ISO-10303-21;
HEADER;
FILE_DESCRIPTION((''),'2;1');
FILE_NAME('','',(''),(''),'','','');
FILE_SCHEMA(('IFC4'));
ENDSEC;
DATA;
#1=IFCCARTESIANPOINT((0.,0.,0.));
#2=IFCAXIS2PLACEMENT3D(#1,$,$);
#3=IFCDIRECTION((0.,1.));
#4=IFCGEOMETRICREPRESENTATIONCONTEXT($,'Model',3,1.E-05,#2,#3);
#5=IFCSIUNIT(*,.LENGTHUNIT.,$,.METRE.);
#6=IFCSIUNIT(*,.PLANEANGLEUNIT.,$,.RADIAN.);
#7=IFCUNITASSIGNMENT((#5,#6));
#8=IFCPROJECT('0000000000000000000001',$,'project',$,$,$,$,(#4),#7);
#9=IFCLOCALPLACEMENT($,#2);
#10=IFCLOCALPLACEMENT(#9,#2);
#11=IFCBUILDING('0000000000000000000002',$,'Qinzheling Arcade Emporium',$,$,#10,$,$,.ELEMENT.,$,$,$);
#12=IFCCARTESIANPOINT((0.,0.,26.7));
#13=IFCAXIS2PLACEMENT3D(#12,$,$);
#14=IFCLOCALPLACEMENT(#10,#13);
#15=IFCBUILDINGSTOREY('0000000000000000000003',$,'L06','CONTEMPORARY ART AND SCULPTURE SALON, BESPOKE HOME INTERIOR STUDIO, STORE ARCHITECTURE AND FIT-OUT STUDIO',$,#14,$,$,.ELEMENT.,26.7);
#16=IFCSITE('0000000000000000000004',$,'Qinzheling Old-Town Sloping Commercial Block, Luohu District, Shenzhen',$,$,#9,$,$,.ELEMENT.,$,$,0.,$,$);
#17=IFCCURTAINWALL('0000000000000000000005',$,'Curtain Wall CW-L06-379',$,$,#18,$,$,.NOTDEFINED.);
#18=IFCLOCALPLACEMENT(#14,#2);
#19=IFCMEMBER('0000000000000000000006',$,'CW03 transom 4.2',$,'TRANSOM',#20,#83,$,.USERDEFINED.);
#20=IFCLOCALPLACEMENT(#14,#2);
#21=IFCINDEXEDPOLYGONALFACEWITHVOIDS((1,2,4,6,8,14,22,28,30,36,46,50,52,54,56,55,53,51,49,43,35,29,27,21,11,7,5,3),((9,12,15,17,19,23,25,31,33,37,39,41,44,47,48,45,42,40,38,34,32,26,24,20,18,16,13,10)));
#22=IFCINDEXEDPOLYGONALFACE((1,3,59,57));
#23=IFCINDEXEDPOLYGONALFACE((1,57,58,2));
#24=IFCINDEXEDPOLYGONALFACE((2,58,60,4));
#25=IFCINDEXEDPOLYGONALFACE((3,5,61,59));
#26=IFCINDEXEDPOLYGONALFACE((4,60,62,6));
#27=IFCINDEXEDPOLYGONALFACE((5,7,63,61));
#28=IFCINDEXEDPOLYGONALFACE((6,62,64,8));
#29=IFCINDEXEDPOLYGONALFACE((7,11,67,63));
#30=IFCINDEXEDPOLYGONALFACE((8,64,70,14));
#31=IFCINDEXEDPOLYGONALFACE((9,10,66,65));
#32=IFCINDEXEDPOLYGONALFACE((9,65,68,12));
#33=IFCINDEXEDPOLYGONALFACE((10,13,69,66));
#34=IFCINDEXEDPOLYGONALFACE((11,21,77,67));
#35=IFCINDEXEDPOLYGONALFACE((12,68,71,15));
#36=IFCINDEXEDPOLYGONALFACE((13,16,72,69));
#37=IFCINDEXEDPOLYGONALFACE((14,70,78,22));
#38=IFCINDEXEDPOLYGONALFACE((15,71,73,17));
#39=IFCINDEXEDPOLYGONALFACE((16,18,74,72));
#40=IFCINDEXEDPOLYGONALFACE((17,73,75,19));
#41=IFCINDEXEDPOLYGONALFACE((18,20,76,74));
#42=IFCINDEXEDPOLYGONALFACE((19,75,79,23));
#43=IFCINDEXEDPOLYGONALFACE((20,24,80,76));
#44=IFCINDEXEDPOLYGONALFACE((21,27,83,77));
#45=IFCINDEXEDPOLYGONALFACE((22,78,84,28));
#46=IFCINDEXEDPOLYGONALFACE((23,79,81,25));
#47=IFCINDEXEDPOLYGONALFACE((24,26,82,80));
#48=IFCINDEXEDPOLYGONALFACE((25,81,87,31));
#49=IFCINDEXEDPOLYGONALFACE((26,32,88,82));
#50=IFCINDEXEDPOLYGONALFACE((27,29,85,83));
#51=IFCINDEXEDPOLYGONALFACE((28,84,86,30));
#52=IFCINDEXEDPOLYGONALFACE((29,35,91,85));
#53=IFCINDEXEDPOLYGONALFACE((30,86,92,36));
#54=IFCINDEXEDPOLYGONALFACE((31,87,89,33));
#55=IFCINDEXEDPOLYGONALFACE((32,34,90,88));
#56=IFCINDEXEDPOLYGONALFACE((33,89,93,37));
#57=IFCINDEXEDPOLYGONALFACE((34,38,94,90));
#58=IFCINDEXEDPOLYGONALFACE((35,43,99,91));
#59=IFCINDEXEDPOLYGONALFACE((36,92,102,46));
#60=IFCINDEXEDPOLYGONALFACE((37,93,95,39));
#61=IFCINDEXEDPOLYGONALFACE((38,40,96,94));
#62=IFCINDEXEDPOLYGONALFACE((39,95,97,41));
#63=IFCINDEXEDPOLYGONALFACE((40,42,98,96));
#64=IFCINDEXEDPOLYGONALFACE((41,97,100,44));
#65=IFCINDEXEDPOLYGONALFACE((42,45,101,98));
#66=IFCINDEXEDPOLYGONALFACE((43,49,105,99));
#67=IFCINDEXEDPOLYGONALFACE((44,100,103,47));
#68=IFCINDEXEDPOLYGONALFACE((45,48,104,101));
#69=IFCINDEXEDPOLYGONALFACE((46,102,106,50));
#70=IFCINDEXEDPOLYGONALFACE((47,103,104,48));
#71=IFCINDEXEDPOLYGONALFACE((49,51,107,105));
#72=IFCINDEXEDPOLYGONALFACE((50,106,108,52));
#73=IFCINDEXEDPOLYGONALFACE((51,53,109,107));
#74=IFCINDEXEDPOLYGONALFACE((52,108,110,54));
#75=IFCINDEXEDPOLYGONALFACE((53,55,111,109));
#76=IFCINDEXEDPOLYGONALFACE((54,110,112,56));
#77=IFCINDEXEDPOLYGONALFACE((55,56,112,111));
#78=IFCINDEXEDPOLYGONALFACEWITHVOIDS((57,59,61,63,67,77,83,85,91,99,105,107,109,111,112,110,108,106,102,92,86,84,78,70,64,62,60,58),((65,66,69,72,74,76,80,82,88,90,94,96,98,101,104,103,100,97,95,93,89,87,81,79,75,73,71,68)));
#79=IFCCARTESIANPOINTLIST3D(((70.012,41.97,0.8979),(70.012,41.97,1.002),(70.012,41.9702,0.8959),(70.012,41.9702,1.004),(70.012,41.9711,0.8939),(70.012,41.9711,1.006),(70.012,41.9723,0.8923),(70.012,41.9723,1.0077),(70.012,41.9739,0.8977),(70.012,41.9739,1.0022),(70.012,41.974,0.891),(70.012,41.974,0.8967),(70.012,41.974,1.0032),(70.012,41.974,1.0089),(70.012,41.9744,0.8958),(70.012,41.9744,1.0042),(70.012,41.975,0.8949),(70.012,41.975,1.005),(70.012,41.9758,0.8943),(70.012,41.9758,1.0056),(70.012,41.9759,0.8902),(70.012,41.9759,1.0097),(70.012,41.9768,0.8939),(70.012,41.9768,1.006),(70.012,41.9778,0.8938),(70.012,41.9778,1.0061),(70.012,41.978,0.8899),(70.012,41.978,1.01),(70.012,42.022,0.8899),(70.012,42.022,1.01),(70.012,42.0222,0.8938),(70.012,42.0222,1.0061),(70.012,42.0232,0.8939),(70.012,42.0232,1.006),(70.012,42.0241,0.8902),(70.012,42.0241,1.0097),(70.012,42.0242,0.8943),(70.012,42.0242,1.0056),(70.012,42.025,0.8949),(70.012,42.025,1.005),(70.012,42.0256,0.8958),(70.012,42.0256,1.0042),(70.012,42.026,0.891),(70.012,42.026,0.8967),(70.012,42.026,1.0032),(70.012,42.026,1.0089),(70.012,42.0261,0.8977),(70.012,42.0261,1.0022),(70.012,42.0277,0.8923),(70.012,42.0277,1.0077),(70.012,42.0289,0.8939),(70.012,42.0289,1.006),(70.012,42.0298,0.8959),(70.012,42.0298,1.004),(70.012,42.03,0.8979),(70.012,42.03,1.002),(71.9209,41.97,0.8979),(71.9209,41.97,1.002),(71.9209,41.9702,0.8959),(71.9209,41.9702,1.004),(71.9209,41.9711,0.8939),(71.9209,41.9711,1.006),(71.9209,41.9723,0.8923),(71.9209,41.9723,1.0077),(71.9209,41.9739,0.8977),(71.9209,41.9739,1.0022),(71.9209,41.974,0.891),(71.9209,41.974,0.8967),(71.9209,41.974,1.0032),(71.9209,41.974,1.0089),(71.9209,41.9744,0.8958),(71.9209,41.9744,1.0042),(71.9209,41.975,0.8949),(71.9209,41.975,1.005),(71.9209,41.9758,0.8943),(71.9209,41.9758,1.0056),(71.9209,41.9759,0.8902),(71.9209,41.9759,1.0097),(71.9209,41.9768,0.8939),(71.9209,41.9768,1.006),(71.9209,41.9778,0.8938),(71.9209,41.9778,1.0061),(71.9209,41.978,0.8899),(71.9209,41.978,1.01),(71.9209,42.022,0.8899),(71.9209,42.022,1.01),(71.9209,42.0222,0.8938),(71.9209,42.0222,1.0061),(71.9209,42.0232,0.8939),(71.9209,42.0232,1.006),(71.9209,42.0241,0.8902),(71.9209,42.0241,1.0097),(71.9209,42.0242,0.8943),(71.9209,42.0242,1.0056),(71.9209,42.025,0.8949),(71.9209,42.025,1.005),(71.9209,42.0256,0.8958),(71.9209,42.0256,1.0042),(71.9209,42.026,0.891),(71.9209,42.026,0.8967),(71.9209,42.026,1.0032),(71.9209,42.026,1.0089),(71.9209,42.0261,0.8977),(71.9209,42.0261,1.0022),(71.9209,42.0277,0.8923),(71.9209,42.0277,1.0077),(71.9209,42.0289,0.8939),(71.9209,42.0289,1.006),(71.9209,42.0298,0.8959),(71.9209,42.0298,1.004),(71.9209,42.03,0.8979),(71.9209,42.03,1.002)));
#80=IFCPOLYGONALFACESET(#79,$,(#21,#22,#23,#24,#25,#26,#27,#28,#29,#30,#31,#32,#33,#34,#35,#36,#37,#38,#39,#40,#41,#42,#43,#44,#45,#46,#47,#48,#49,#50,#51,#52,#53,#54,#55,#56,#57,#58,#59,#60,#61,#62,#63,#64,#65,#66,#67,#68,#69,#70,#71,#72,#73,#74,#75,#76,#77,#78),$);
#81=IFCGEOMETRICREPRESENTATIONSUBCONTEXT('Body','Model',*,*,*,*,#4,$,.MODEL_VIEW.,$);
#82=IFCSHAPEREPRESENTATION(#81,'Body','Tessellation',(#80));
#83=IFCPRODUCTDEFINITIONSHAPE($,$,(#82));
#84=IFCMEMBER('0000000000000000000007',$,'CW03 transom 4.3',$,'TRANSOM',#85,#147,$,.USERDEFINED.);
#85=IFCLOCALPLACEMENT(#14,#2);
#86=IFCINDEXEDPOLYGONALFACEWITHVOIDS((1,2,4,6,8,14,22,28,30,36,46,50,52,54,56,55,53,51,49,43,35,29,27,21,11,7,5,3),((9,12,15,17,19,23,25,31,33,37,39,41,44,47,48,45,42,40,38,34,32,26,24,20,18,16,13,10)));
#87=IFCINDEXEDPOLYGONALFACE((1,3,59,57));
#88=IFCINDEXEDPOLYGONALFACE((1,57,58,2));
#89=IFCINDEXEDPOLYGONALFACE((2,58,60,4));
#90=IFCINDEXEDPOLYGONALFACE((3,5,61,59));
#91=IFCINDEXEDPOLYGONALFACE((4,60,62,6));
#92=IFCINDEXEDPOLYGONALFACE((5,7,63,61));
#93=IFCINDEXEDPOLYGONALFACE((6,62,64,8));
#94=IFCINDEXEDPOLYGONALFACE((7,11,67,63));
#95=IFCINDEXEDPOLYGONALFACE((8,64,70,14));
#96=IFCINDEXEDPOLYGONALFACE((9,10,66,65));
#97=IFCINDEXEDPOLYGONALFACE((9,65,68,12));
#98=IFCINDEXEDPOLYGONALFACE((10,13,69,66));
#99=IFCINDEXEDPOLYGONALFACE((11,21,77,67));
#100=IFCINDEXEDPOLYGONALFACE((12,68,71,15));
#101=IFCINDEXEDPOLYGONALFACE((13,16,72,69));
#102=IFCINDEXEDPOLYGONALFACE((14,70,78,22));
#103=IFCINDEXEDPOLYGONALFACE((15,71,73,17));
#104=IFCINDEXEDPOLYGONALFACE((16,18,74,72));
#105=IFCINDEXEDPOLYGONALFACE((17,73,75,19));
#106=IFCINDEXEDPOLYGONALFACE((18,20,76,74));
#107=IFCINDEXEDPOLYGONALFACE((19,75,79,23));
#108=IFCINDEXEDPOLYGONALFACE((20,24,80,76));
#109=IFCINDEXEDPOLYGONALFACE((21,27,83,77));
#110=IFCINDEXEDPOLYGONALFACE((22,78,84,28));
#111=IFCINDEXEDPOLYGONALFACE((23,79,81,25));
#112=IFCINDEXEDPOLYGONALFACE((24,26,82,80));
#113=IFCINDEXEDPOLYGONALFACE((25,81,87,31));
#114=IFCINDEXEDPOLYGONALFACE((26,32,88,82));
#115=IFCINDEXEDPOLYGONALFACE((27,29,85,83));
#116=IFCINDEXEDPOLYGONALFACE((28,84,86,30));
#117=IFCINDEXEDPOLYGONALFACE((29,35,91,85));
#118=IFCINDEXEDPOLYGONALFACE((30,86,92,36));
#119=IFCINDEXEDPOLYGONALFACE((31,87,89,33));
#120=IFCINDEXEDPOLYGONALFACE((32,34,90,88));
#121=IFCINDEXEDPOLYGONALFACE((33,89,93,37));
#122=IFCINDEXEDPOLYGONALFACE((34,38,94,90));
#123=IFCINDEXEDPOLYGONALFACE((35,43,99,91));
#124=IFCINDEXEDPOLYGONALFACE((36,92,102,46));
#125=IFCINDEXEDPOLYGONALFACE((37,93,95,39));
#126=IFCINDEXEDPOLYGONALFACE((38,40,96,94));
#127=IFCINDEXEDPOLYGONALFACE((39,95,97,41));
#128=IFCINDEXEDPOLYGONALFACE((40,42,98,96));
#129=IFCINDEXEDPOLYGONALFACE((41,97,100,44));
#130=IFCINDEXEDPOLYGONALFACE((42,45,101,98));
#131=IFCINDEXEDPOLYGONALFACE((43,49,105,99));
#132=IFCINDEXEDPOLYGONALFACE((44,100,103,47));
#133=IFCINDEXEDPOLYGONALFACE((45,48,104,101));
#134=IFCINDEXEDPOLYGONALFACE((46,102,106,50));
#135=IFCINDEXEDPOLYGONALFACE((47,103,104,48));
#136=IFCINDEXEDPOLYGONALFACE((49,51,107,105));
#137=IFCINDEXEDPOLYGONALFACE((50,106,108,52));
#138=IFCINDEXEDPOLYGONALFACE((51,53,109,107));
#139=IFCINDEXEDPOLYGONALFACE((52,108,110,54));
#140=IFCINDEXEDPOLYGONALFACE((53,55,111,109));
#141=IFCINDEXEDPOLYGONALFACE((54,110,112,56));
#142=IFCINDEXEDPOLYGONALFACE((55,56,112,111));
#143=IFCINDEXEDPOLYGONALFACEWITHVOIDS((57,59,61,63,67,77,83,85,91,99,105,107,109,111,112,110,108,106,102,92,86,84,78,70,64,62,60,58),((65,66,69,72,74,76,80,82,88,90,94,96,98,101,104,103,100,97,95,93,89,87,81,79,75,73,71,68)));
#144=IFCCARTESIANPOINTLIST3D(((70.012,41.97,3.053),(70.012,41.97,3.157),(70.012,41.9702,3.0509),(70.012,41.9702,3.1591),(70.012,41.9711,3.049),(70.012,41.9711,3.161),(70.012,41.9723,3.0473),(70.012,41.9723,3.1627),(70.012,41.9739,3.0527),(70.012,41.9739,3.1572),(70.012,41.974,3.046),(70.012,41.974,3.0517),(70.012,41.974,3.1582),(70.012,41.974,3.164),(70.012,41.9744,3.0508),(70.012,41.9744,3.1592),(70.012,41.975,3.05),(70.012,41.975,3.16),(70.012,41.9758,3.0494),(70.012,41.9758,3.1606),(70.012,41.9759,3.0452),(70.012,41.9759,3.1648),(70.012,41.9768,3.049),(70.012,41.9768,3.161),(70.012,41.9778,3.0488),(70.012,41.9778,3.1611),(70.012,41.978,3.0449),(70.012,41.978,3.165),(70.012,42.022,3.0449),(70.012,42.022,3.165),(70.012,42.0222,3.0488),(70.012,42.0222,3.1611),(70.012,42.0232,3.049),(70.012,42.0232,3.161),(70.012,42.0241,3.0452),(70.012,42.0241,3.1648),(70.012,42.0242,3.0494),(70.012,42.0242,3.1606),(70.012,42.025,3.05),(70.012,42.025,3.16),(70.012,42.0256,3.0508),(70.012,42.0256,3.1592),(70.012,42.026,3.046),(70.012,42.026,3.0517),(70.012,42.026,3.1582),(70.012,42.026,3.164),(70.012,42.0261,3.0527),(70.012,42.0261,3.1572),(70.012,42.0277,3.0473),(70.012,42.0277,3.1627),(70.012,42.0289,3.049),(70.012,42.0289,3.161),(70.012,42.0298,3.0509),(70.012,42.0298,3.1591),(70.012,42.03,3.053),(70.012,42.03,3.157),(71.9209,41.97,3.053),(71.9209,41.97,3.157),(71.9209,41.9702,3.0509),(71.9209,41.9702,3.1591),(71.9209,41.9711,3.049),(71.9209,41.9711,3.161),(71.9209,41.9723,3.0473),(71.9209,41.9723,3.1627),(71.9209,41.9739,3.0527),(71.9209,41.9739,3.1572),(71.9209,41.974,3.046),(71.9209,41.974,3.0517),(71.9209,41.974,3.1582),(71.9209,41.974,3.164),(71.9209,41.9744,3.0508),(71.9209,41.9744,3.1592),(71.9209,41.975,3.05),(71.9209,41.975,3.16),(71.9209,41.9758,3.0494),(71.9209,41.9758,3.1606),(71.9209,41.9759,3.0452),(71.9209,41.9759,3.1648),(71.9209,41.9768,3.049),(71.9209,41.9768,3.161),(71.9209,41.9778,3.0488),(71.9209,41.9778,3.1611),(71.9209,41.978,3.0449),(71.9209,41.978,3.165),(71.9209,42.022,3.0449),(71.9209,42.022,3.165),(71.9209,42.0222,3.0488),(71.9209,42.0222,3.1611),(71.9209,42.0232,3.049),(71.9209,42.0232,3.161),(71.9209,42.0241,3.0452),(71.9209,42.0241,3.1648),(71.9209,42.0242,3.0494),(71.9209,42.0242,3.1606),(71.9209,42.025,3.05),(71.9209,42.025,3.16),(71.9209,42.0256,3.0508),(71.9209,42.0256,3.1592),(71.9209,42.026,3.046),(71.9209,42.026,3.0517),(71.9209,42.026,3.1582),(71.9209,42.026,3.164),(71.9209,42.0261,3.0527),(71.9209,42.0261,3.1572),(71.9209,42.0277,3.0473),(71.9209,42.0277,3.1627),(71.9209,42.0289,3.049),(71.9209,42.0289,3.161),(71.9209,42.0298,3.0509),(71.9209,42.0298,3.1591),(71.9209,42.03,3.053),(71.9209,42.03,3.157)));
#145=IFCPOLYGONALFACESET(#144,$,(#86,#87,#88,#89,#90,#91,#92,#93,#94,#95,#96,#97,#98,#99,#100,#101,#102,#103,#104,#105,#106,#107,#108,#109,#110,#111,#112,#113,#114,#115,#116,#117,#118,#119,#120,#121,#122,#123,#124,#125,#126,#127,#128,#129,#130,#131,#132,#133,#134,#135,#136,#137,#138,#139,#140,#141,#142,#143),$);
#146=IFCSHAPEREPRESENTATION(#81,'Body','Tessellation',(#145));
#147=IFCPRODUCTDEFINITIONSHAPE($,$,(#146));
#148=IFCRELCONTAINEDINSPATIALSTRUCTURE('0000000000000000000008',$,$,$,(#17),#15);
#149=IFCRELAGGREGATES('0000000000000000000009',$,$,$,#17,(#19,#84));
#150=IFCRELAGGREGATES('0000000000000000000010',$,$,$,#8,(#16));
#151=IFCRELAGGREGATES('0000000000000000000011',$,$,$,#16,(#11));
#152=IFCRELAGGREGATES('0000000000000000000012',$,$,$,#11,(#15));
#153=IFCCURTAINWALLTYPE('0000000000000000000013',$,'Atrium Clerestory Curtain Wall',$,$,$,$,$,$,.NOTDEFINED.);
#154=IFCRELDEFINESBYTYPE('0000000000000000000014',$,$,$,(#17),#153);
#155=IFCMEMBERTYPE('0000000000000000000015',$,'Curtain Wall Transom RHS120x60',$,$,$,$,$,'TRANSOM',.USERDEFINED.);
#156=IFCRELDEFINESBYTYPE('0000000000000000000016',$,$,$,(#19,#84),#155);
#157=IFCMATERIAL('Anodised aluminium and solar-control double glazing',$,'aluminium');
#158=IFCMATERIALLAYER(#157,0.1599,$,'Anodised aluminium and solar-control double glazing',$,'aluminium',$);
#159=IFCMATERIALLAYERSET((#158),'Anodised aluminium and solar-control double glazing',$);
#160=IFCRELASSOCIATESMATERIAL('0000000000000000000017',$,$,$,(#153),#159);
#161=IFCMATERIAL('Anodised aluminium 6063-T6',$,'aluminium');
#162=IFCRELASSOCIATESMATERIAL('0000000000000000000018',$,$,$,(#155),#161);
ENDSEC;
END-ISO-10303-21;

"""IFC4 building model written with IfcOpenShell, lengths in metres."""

from ifc_helpers import new_model, si_unit, direction, frame, origin, origin_2d, place, context, subcontext, project, spatial, hollow_rectangle, extrude, material, layer, layer_set, material_profile, profile_set, type_object, element, aggregate, save


model = new_model("IFC4")

# Units and contexts
model_context = context("Model", 3, precision=1e-05, world=origin(), true_north=direction((0.0, 1.0)))
body_context = subcontext(model_context, "Body", "Model", "MODEL_VIEW")
ifc_project = project(units=[si_unit("LENGTHUNIT", "METRE"), si_unit("PLANEANGLEUNIT", "RADIAN")], contexts=[model_context])

# Site, building, storey
site_placement = place(None, origin())
site = spatial("IfcSite", under=ifc_project, at=site_placement, Name="Qinzheling Old-Town Sloping Commercial Block, Luohu District, Shenzhen", CompositionType="ELEMENT", RefElevation=0.0)
building_placement = place(site_placement, origin())
building = spatial("IfcBuilding", under=site, at=building_placement, Name="Qinzheling Arcade Emporium", CompositionType="ELEMENT")
storey_placement = place(building_placement, frame((0.0, 0.0, 26.7)))
storey = spatial("IfcBuildingStorey", under=building, at=storey_placement, Name="L06", Description="CONTEMPORARY ART AND SCULPTURE SALON, BESPOKE HOME INTERIOR STUDIO, STORE ARCHITECTURE AND FIT-OUT STUDIO", CompositionType="ELEMENT", Elevation=26.7)

# Curtain wall, members
ifc_material_1 = material(Name="Anodised aluminium and solar-control double glazing", Category="aluminium")
ifc_layer_1 = layer(ifc_material_1, 0.1599, Name="Anodised aluminium and solar-control double glazing", Category="aluminium")
ifc_layer_set_1 = layer_set([ifc_layer_1], Name="Anodised aluminium and solar-control double glazing")
curtain_wall_type_1 = type_object("IfcCurtainWallType", Name="Atrium Clerestory Curtain Wall", PredefinedType="NOTDEFINED", material=ifc_layer_set_1)
curtain_wall_1_placement = place(storey_placement, origin())
curtain_wall_1 = element("IfcCurtainWall", 1, at=curtain_wall_1_placement, inside=storey, type_object=curtain_wall_type_1, Name="Curtain Wall CW-L06-379", PredefinedType="NOTDEFINED")
ifc_material_2 = material(Name="Anodised aluminium 6063-T6", Category="aluminium")
ifc_material_profile_1 = material_profile(ifc_material_2, hollow_rectangle(XDim=0.0601, YDim=0.1201, WallThickness=0.0039, InnerFilletRadius=0.0039, OuterFilletRadius=0.0081, at=origin_2d()), Name="RHS 120x60x4", Category="aluminium")
ifc_profile_set_1 = profile_set([ifc_material_profile_1], Name="Anodised aluminium 6063-T6")
member_type_1 = type_object("IfcMemberType", Name="Curtain Wall Transom RHS120x60", ElementType="TRANSOM", PredefinedType="USERDEFINED", material=ifc_profile_set_1)
member_1_placement = place(storey_placement, frame((71.9209, 42.0, 0.95), z_axis=(-1.0, 0.0, 0.0), x_axis=(0.0, -1.0, 0.0)))
member_1 = element("IfcMember", 2, at=member_1_placement, type_object=member_type_1, Name="CW03 transom 4.2", ObjectType="TRANSOM", PredefinedType="USERDEFINED", context=body_context, shape_type="SweptSolid", body=[
    extrude(hollow_rectangle(XDim=0.0601, YDim=0.1201, WallThickness=0.0039, InnerFilletRadius=0.0039, OuterFilletRadius=0.0081, at=origin_2d()), origin(), (0.0, 0.0, 1.0), 1.9089),
])
member_2_placement = place(storey_placement, frame((71.9209, 42.0, 3.105), z_axis=(-1.0, 0.0, 0.0), x_axis=(0.0, -1.0, 0.0)))
member_2 = element("IfcMember", 3, at=member_2_placement, type_object=member_type_1, Name="CW03 transom 4.3", ObjectType="TRANSOM", PredefinedType="USERDEFINED", context=body_context, shape_type="SweptSolid", body=[
    extrude(hollow_rectangle(XDim=0.0601, YDim=0.1201, WallThickness=0.0039, InnerFilletRadius=0.0039, OuterFilletRadius=0.0081, at=origin_2d()), origin(), (0.0, 0.0, 1.0), 1.9089),
])

aggregate(curtain_wall_1, [member_1, member_2])

save(model, "model.ifc")
